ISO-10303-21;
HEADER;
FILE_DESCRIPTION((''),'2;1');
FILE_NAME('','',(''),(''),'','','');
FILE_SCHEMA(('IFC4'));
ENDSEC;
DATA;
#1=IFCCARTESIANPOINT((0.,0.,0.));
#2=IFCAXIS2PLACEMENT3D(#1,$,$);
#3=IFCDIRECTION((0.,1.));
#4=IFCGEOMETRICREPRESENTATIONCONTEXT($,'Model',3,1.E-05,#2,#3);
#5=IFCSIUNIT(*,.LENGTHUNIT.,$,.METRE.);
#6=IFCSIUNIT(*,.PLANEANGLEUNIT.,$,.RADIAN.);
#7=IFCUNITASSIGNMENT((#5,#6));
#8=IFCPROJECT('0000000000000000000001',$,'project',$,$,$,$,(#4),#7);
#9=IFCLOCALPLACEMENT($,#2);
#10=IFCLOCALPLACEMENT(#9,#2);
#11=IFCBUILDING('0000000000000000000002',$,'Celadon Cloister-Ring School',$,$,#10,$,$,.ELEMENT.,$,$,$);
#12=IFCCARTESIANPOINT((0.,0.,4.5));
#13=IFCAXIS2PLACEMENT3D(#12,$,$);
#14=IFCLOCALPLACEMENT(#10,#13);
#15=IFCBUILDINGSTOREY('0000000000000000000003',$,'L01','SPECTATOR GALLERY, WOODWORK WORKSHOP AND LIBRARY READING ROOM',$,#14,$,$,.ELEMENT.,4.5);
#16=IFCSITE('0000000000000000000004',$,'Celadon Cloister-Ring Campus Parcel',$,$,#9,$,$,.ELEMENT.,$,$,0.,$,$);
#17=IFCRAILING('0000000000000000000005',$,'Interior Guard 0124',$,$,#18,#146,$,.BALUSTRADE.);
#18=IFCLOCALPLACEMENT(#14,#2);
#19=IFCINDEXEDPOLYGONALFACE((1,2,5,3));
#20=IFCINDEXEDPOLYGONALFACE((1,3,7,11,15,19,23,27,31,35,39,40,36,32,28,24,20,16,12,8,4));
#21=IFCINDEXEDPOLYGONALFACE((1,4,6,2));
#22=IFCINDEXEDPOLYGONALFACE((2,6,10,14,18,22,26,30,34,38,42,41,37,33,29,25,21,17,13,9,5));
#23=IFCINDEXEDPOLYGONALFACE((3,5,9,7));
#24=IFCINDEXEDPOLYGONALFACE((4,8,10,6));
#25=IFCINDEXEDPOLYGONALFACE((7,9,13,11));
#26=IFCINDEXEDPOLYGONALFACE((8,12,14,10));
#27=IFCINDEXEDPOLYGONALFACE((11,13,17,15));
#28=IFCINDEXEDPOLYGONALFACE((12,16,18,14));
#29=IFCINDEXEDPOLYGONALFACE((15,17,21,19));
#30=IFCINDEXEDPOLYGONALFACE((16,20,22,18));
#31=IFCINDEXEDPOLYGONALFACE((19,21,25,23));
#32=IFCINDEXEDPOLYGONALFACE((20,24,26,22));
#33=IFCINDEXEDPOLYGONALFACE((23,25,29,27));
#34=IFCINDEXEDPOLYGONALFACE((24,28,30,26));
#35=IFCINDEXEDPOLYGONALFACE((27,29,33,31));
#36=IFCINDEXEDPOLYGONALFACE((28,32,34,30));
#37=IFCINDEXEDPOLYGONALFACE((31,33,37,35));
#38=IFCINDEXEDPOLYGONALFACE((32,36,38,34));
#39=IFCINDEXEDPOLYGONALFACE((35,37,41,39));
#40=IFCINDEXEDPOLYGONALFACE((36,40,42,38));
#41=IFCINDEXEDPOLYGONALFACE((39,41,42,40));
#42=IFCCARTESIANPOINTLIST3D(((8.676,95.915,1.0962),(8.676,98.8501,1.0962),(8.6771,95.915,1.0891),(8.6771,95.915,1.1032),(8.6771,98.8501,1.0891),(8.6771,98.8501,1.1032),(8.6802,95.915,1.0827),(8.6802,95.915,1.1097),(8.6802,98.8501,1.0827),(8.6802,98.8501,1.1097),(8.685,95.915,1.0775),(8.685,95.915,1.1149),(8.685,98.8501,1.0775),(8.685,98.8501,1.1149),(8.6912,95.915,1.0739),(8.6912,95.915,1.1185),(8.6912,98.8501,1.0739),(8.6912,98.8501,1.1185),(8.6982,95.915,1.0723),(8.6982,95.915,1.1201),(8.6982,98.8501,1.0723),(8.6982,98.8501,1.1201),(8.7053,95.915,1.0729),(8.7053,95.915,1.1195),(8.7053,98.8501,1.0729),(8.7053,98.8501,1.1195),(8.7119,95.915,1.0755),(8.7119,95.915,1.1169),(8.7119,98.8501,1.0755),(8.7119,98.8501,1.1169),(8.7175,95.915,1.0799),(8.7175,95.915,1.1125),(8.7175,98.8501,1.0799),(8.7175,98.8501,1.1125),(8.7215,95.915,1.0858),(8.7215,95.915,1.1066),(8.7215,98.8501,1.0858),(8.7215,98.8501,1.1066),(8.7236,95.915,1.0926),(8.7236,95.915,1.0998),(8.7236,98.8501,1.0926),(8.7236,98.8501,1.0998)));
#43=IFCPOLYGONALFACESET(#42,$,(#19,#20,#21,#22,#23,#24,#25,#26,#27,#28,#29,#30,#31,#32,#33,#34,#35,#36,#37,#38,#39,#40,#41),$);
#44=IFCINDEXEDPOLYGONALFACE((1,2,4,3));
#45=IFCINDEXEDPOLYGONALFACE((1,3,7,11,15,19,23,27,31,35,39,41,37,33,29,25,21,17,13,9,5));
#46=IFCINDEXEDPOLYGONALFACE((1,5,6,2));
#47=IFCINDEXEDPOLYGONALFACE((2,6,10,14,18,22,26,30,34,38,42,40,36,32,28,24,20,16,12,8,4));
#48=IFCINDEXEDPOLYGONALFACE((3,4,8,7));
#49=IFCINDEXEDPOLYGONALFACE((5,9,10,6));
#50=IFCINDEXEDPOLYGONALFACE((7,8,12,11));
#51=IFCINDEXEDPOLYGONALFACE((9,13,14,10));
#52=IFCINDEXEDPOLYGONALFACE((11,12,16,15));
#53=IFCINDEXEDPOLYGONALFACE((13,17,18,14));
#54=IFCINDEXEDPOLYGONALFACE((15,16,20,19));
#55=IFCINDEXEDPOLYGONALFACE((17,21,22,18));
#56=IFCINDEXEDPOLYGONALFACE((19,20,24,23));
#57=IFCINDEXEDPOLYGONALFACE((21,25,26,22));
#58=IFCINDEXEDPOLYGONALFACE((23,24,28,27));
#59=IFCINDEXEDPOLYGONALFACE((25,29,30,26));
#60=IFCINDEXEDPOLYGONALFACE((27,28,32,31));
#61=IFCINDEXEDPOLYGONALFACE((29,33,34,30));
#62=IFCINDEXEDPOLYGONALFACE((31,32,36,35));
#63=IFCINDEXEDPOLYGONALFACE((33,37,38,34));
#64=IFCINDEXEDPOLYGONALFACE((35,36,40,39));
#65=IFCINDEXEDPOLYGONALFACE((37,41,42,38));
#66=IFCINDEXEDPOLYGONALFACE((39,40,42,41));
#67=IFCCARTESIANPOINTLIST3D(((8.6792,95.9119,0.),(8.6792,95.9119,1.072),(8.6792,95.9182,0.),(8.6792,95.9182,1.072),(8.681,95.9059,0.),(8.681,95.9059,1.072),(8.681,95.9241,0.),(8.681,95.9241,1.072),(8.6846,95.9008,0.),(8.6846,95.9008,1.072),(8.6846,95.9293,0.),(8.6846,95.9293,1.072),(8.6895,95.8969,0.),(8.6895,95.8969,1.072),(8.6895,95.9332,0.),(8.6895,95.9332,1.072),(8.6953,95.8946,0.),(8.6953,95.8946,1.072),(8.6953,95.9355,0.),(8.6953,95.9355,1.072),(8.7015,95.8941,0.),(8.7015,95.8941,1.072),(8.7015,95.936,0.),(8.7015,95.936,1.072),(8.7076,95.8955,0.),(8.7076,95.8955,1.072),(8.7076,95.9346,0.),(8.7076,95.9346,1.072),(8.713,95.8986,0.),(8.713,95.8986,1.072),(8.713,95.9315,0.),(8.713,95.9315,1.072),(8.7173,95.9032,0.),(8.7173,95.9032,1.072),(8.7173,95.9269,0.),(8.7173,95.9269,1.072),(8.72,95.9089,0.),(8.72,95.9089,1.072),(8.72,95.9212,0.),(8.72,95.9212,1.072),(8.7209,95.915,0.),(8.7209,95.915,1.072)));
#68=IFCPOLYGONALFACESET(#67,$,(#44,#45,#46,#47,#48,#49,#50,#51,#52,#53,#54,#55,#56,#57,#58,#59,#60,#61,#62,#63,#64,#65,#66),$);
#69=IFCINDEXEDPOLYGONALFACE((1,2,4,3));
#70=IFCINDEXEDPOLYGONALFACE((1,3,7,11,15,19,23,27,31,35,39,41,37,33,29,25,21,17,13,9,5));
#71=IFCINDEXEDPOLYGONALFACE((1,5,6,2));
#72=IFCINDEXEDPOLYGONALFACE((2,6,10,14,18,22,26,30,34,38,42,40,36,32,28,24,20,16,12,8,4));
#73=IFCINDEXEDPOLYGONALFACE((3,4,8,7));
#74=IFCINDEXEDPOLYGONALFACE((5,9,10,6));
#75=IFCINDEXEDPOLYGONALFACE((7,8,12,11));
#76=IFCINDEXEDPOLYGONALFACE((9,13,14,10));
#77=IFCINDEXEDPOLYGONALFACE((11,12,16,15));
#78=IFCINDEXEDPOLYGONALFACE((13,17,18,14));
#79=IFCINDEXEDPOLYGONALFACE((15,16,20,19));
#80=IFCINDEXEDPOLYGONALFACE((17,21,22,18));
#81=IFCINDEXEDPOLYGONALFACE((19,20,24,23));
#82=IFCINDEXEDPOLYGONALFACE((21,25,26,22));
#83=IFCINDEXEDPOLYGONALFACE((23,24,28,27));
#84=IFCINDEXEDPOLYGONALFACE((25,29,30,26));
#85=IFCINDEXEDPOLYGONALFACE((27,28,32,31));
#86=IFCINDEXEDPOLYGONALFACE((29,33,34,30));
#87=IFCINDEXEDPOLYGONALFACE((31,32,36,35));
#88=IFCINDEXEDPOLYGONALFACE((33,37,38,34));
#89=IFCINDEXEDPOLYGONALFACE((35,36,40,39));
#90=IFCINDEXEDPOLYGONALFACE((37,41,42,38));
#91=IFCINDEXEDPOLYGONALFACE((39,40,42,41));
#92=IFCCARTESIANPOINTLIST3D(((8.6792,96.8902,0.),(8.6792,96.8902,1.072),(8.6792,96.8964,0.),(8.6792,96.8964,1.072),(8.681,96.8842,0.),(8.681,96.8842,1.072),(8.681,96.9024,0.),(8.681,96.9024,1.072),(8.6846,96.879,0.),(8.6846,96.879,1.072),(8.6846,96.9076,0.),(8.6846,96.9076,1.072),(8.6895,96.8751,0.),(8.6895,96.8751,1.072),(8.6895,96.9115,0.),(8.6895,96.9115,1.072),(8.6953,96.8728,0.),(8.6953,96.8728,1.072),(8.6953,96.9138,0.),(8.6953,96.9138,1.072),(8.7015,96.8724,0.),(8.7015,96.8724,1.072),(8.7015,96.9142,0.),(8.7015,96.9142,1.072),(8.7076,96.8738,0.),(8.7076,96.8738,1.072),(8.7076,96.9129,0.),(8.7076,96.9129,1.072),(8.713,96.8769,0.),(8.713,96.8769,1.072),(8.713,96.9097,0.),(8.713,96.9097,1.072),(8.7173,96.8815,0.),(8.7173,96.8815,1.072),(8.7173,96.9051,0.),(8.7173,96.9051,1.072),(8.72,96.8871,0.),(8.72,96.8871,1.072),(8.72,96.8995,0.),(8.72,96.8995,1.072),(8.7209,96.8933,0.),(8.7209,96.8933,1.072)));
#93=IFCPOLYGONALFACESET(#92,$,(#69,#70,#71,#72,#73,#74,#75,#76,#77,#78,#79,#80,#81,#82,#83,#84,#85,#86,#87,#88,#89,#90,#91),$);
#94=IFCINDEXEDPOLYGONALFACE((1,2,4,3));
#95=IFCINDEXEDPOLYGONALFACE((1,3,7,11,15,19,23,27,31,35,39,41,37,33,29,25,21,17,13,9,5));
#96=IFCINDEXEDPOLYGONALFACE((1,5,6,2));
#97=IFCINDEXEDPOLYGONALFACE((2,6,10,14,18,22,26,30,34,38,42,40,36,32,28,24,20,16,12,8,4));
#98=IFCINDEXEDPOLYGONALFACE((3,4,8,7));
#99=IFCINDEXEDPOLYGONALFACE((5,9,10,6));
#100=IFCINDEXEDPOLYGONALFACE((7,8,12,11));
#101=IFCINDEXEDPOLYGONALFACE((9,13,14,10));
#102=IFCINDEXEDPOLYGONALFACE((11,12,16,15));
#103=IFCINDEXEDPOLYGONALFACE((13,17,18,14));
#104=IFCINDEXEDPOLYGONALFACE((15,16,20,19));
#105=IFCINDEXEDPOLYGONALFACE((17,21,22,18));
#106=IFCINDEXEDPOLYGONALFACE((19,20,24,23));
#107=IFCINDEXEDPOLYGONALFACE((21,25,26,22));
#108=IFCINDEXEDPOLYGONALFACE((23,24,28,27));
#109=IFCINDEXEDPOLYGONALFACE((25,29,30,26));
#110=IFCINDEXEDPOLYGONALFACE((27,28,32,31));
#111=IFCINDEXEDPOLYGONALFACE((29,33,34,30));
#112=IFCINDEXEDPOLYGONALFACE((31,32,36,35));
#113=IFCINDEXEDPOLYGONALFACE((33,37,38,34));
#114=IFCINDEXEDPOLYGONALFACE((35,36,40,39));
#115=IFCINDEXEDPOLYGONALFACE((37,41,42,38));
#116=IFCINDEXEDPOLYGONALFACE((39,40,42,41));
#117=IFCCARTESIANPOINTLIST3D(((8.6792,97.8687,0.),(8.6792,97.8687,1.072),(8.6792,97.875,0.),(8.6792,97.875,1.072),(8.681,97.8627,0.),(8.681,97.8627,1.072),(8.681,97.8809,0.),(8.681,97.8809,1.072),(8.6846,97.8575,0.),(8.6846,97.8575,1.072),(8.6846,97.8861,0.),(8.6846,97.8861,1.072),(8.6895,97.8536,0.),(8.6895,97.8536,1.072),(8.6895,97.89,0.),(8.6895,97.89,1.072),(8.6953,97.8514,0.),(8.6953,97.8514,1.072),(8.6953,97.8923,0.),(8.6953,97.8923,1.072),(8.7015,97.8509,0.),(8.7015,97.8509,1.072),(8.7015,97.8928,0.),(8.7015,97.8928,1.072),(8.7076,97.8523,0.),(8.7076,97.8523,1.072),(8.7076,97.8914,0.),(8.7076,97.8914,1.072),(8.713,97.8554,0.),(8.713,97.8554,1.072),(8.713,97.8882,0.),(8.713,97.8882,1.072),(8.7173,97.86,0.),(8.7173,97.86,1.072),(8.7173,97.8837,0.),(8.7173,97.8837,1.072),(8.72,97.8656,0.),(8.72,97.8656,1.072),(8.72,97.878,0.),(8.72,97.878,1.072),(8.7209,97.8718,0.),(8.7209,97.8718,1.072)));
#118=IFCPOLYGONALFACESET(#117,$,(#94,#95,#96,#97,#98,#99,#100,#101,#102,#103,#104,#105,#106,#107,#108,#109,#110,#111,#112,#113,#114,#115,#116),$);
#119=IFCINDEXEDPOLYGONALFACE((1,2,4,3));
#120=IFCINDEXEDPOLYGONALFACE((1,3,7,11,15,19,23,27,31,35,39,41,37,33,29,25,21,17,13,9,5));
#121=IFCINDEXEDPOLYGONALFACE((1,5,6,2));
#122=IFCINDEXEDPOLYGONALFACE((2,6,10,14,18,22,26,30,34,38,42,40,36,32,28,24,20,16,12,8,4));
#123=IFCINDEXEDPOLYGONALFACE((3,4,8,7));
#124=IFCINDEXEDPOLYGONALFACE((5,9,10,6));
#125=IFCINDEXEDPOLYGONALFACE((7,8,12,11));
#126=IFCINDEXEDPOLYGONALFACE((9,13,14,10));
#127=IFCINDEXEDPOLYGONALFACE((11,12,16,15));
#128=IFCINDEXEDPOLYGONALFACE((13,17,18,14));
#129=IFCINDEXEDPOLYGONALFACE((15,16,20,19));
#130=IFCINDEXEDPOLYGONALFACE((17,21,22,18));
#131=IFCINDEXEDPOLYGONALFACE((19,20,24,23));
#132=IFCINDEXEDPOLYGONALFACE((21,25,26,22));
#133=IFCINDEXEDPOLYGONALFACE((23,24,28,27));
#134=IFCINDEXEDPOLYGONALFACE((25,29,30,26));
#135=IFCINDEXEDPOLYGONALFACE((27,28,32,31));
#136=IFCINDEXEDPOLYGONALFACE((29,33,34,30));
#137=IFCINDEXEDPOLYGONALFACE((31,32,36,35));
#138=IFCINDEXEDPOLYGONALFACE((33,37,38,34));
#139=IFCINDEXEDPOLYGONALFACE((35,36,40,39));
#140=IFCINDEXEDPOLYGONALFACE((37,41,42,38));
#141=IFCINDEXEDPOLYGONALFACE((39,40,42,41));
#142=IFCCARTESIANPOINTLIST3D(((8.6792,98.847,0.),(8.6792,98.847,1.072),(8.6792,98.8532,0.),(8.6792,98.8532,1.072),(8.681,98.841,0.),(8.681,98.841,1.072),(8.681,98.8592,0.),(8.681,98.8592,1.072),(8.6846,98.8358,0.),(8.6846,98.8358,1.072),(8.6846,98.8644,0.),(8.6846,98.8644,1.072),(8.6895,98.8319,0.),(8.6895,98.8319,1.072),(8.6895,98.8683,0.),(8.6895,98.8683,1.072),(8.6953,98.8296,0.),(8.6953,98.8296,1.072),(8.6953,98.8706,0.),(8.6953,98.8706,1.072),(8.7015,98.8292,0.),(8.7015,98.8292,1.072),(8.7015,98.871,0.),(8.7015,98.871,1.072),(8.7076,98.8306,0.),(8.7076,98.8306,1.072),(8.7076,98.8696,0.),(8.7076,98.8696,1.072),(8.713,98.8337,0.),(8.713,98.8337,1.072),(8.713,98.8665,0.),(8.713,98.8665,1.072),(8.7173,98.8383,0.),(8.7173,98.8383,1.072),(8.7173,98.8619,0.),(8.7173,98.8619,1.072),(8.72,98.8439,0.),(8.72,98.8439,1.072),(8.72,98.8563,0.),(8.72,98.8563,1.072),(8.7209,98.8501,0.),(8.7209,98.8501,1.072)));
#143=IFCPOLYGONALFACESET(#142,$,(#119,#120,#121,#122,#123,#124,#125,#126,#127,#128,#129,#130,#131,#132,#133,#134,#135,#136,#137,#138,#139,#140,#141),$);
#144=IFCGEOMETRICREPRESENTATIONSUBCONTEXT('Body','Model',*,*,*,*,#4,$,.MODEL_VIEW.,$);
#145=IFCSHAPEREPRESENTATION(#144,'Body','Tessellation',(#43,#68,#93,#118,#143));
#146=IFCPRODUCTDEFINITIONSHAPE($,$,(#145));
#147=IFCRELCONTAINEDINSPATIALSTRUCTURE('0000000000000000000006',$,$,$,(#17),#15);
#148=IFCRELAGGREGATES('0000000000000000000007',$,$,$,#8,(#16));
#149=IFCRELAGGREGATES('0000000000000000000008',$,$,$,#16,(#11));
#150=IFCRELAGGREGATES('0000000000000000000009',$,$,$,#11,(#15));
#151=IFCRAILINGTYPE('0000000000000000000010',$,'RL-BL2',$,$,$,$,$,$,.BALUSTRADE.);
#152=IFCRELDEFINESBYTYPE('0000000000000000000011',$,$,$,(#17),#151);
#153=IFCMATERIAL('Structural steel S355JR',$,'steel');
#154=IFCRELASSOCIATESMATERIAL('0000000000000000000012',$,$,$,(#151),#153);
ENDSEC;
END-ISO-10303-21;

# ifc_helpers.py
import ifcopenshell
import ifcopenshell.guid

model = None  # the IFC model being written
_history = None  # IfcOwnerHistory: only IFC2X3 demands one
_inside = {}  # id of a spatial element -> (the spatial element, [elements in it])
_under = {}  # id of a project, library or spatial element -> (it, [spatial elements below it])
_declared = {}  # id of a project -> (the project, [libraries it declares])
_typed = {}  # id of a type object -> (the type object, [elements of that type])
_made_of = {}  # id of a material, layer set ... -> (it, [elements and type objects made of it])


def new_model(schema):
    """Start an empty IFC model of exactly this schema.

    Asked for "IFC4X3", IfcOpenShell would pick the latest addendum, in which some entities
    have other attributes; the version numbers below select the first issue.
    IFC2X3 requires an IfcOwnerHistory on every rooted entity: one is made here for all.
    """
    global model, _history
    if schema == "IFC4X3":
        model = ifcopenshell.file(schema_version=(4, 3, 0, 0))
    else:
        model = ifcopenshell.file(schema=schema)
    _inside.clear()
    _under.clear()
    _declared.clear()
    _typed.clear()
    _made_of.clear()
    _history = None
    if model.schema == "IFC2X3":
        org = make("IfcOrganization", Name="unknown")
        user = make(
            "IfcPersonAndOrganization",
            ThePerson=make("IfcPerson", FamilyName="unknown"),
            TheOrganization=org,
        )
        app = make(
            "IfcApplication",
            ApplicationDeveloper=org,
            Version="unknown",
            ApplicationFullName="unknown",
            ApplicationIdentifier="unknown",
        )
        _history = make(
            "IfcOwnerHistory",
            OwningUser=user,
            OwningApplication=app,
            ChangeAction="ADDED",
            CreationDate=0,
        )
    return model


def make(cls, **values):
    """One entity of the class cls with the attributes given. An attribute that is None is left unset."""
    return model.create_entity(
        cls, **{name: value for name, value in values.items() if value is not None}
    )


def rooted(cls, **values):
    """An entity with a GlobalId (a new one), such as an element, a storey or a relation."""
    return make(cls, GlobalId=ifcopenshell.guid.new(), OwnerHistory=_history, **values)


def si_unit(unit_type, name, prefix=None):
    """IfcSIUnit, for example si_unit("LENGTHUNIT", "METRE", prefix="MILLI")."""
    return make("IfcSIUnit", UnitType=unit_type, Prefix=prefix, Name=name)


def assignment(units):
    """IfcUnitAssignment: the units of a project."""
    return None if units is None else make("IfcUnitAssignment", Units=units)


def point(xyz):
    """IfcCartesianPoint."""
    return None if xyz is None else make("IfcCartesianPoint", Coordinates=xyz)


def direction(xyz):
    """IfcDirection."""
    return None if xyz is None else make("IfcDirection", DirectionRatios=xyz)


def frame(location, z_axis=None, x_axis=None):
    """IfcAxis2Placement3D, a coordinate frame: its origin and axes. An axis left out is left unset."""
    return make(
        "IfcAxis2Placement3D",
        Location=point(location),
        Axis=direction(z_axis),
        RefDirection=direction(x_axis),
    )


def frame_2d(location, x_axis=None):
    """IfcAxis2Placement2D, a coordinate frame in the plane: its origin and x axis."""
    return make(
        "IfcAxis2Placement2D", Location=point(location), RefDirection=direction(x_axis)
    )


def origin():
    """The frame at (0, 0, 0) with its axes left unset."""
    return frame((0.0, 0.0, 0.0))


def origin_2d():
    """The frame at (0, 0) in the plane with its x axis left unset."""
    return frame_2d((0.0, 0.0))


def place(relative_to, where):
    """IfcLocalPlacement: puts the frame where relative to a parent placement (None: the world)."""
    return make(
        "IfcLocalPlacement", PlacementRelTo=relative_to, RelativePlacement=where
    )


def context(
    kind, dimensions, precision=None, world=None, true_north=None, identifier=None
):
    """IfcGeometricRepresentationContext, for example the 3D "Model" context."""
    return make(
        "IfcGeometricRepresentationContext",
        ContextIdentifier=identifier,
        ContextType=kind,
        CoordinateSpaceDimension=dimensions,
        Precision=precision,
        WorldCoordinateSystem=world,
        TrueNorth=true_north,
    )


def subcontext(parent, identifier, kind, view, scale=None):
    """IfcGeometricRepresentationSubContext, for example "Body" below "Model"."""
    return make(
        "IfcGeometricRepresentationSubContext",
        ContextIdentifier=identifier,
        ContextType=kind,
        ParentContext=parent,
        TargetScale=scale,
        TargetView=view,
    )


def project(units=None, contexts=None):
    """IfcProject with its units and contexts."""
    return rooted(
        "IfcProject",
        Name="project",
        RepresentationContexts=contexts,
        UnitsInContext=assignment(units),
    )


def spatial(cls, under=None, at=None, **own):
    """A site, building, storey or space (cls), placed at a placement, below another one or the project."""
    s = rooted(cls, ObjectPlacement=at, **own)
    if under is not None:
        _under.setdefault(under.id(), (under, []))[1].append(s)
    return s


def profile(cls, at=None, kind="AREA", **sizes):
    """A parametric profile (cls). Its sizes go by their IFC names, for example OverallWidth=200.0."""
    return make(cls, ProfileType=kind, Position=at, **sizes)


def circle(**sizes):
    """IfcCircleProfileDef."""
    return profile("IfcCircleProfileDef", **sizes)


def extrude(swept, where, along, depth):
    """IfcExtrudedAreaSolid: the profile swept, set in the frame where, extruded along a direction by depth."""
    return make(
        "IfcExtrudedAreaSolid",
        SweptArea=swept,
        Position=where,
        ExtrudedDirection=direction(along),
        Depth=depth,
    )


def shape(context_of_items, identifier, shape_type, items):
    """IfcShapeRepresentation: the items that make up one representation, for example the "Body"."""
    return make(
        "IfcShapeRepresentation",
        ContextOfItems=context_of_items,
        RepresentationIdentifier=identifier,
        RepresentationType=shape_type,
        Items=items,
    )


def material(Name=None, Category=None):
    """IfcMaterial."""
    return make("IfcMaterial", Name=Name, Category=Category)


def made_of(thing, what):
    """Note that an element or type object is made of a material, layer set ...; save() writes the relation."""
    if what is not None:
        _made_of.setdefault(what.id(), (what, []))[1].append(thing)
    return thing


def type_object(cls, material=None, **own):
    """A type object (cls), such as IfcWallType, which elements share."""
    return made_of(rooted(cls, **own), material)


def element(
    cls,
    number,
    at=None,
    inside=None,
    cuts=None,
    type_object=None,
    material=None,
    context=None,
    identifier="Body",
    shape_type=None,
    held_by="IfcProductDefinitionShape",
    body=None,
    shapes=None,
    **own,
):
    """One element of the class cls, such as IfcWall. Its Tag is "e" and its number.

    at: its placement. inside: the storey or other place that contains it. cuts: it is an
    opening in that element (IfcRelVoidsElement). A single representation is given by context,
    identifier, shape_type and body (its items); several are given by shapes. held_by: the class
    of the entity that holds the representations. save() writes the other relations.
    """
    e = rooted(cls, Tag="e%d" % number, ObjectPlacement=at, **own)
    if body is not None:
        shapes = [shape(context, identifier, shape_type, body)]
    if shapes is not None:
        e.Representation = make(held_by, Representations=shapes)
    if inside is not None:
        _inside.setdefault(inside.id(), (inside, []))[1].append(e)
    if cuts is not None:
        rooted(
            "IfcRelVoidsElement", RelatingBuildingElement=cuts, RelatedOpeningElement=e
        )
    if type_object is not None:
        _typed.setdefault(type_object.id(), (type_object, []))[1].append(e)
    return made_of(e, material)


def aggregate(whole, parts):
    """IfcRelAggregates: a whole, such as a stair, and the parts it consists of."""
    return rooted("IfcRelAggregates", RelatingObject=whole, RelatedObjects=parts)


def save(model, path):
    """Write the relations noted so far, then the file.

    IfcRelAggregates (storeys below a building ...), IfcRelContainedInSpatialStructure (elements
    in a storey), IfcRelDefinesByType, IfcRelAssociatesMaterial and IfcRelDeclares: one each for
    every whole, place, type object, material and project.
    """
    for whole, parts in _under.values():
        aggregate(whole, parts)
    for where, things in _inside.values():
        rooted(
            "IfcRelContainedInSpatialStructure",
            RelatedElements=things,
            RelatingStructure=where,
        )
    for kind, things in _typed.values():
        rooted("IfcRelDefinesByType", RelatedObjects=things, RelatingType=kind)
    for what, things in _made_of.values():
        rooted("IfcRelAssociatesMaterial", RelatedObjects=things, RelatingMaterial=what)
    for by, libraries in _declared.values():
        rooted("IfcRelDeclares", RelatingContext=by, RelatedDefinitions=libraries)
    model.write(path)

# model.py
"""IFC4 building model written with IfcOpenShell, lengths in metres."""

from ifc_helpers import new_model, si_unit, direction, frame, origin, origin_2d, place, context, subcontext, project, spatial, circle, extrude, material, type_object, element, save


model = new_model("IFC4")

# Units and contexts
model_context = context("Model", 3, precision=1e-05, world=origin(), true_north=direction((0.0, 1.0)))
body_context = subcontext(model_context, "Body", "Model", "MODEL_VIEW")
ifc_project = project(units=[si_unit("LENGTHUNIT", "METRE"), si_unit("PLANEANGLEUNIT", "RADIAN")], contexts=[model_context])

# Site, building, storey
site_placement = place(None, origin())
site = spatial("IfcSite", under=ifc_project, at=site_placement, Name="Celadon Cloister-Ring Campus Parcel", CompositionType="ELEMENT", RefElevation=0.0)
building_placement = place(site_placement, origin())
building = spatial("IfcBuilding", under=site, at=building_placement, Name="Celadon Cloister-Ring School", CompositionType="ELEMENT")
storey_placement = place(building_placement, frame((0.0, 0.0, 4.5)))
storey = spatial("IfcBuildingStorey", under=building, at=storey_placement, Name="L01", Description="SPECTATOR GALLERY, WOODWORK WORKSHOP AND LIBRARY READING ROOM", CompositionType="ELEMENT", Elevation=4.5)

# Railing
ifc_material_1 = material(Name="Structural steel S355JR", Category="steel")
railing_type_1 = type_object("IfcRailingType", Name="RL-BL2", PredefinedType="BALUSTRADE", material=ifc_material_1)
railing_1_placement = place(storey_placement, frame((8.7, 95.915, 0.0)))
element("IfcRailing", 1, at=railing_1_placement, inside=storey, type_object=railing_type_1, Name="Interior Guard 0124", PredefinedType="BALUSTRADE", context=body_context, shape_type="SweptSolid", body=[
    extrude(circle(Radius=0.0239, at=origin_2d()), frame((0.0, 0.0, 1.0962), z_axis=(0.0, 1.0, 0.0), x_axis=(-1.0, 0.0, 0.0)), (0.0, 0.0, 1.0), 2.9351),
    extrude(circle(Radius=0.021, at=origin_2d()), origin(), (0.0, 0.0, 1.0), 1.072),
    extrude(circle(Radius=0.021, at=origin_2d()), frame((0.0, 0.9783, 0.0)), (0.0, 0.0, 1.0), 1.072),
    extrude(circle(Radius=0.021, at=origin_2d()), frame((0.0, 1.9568, 0.0)), (0.0, 0.0, 1.0), 1.072),
    extrude(circle(Radius=0.021, at=origin_2d()), frame((0.0, 2.9351, 0.0)), (0.0, 0.0, 1.0), 1.072),
])

save(model, "model.ifc")
